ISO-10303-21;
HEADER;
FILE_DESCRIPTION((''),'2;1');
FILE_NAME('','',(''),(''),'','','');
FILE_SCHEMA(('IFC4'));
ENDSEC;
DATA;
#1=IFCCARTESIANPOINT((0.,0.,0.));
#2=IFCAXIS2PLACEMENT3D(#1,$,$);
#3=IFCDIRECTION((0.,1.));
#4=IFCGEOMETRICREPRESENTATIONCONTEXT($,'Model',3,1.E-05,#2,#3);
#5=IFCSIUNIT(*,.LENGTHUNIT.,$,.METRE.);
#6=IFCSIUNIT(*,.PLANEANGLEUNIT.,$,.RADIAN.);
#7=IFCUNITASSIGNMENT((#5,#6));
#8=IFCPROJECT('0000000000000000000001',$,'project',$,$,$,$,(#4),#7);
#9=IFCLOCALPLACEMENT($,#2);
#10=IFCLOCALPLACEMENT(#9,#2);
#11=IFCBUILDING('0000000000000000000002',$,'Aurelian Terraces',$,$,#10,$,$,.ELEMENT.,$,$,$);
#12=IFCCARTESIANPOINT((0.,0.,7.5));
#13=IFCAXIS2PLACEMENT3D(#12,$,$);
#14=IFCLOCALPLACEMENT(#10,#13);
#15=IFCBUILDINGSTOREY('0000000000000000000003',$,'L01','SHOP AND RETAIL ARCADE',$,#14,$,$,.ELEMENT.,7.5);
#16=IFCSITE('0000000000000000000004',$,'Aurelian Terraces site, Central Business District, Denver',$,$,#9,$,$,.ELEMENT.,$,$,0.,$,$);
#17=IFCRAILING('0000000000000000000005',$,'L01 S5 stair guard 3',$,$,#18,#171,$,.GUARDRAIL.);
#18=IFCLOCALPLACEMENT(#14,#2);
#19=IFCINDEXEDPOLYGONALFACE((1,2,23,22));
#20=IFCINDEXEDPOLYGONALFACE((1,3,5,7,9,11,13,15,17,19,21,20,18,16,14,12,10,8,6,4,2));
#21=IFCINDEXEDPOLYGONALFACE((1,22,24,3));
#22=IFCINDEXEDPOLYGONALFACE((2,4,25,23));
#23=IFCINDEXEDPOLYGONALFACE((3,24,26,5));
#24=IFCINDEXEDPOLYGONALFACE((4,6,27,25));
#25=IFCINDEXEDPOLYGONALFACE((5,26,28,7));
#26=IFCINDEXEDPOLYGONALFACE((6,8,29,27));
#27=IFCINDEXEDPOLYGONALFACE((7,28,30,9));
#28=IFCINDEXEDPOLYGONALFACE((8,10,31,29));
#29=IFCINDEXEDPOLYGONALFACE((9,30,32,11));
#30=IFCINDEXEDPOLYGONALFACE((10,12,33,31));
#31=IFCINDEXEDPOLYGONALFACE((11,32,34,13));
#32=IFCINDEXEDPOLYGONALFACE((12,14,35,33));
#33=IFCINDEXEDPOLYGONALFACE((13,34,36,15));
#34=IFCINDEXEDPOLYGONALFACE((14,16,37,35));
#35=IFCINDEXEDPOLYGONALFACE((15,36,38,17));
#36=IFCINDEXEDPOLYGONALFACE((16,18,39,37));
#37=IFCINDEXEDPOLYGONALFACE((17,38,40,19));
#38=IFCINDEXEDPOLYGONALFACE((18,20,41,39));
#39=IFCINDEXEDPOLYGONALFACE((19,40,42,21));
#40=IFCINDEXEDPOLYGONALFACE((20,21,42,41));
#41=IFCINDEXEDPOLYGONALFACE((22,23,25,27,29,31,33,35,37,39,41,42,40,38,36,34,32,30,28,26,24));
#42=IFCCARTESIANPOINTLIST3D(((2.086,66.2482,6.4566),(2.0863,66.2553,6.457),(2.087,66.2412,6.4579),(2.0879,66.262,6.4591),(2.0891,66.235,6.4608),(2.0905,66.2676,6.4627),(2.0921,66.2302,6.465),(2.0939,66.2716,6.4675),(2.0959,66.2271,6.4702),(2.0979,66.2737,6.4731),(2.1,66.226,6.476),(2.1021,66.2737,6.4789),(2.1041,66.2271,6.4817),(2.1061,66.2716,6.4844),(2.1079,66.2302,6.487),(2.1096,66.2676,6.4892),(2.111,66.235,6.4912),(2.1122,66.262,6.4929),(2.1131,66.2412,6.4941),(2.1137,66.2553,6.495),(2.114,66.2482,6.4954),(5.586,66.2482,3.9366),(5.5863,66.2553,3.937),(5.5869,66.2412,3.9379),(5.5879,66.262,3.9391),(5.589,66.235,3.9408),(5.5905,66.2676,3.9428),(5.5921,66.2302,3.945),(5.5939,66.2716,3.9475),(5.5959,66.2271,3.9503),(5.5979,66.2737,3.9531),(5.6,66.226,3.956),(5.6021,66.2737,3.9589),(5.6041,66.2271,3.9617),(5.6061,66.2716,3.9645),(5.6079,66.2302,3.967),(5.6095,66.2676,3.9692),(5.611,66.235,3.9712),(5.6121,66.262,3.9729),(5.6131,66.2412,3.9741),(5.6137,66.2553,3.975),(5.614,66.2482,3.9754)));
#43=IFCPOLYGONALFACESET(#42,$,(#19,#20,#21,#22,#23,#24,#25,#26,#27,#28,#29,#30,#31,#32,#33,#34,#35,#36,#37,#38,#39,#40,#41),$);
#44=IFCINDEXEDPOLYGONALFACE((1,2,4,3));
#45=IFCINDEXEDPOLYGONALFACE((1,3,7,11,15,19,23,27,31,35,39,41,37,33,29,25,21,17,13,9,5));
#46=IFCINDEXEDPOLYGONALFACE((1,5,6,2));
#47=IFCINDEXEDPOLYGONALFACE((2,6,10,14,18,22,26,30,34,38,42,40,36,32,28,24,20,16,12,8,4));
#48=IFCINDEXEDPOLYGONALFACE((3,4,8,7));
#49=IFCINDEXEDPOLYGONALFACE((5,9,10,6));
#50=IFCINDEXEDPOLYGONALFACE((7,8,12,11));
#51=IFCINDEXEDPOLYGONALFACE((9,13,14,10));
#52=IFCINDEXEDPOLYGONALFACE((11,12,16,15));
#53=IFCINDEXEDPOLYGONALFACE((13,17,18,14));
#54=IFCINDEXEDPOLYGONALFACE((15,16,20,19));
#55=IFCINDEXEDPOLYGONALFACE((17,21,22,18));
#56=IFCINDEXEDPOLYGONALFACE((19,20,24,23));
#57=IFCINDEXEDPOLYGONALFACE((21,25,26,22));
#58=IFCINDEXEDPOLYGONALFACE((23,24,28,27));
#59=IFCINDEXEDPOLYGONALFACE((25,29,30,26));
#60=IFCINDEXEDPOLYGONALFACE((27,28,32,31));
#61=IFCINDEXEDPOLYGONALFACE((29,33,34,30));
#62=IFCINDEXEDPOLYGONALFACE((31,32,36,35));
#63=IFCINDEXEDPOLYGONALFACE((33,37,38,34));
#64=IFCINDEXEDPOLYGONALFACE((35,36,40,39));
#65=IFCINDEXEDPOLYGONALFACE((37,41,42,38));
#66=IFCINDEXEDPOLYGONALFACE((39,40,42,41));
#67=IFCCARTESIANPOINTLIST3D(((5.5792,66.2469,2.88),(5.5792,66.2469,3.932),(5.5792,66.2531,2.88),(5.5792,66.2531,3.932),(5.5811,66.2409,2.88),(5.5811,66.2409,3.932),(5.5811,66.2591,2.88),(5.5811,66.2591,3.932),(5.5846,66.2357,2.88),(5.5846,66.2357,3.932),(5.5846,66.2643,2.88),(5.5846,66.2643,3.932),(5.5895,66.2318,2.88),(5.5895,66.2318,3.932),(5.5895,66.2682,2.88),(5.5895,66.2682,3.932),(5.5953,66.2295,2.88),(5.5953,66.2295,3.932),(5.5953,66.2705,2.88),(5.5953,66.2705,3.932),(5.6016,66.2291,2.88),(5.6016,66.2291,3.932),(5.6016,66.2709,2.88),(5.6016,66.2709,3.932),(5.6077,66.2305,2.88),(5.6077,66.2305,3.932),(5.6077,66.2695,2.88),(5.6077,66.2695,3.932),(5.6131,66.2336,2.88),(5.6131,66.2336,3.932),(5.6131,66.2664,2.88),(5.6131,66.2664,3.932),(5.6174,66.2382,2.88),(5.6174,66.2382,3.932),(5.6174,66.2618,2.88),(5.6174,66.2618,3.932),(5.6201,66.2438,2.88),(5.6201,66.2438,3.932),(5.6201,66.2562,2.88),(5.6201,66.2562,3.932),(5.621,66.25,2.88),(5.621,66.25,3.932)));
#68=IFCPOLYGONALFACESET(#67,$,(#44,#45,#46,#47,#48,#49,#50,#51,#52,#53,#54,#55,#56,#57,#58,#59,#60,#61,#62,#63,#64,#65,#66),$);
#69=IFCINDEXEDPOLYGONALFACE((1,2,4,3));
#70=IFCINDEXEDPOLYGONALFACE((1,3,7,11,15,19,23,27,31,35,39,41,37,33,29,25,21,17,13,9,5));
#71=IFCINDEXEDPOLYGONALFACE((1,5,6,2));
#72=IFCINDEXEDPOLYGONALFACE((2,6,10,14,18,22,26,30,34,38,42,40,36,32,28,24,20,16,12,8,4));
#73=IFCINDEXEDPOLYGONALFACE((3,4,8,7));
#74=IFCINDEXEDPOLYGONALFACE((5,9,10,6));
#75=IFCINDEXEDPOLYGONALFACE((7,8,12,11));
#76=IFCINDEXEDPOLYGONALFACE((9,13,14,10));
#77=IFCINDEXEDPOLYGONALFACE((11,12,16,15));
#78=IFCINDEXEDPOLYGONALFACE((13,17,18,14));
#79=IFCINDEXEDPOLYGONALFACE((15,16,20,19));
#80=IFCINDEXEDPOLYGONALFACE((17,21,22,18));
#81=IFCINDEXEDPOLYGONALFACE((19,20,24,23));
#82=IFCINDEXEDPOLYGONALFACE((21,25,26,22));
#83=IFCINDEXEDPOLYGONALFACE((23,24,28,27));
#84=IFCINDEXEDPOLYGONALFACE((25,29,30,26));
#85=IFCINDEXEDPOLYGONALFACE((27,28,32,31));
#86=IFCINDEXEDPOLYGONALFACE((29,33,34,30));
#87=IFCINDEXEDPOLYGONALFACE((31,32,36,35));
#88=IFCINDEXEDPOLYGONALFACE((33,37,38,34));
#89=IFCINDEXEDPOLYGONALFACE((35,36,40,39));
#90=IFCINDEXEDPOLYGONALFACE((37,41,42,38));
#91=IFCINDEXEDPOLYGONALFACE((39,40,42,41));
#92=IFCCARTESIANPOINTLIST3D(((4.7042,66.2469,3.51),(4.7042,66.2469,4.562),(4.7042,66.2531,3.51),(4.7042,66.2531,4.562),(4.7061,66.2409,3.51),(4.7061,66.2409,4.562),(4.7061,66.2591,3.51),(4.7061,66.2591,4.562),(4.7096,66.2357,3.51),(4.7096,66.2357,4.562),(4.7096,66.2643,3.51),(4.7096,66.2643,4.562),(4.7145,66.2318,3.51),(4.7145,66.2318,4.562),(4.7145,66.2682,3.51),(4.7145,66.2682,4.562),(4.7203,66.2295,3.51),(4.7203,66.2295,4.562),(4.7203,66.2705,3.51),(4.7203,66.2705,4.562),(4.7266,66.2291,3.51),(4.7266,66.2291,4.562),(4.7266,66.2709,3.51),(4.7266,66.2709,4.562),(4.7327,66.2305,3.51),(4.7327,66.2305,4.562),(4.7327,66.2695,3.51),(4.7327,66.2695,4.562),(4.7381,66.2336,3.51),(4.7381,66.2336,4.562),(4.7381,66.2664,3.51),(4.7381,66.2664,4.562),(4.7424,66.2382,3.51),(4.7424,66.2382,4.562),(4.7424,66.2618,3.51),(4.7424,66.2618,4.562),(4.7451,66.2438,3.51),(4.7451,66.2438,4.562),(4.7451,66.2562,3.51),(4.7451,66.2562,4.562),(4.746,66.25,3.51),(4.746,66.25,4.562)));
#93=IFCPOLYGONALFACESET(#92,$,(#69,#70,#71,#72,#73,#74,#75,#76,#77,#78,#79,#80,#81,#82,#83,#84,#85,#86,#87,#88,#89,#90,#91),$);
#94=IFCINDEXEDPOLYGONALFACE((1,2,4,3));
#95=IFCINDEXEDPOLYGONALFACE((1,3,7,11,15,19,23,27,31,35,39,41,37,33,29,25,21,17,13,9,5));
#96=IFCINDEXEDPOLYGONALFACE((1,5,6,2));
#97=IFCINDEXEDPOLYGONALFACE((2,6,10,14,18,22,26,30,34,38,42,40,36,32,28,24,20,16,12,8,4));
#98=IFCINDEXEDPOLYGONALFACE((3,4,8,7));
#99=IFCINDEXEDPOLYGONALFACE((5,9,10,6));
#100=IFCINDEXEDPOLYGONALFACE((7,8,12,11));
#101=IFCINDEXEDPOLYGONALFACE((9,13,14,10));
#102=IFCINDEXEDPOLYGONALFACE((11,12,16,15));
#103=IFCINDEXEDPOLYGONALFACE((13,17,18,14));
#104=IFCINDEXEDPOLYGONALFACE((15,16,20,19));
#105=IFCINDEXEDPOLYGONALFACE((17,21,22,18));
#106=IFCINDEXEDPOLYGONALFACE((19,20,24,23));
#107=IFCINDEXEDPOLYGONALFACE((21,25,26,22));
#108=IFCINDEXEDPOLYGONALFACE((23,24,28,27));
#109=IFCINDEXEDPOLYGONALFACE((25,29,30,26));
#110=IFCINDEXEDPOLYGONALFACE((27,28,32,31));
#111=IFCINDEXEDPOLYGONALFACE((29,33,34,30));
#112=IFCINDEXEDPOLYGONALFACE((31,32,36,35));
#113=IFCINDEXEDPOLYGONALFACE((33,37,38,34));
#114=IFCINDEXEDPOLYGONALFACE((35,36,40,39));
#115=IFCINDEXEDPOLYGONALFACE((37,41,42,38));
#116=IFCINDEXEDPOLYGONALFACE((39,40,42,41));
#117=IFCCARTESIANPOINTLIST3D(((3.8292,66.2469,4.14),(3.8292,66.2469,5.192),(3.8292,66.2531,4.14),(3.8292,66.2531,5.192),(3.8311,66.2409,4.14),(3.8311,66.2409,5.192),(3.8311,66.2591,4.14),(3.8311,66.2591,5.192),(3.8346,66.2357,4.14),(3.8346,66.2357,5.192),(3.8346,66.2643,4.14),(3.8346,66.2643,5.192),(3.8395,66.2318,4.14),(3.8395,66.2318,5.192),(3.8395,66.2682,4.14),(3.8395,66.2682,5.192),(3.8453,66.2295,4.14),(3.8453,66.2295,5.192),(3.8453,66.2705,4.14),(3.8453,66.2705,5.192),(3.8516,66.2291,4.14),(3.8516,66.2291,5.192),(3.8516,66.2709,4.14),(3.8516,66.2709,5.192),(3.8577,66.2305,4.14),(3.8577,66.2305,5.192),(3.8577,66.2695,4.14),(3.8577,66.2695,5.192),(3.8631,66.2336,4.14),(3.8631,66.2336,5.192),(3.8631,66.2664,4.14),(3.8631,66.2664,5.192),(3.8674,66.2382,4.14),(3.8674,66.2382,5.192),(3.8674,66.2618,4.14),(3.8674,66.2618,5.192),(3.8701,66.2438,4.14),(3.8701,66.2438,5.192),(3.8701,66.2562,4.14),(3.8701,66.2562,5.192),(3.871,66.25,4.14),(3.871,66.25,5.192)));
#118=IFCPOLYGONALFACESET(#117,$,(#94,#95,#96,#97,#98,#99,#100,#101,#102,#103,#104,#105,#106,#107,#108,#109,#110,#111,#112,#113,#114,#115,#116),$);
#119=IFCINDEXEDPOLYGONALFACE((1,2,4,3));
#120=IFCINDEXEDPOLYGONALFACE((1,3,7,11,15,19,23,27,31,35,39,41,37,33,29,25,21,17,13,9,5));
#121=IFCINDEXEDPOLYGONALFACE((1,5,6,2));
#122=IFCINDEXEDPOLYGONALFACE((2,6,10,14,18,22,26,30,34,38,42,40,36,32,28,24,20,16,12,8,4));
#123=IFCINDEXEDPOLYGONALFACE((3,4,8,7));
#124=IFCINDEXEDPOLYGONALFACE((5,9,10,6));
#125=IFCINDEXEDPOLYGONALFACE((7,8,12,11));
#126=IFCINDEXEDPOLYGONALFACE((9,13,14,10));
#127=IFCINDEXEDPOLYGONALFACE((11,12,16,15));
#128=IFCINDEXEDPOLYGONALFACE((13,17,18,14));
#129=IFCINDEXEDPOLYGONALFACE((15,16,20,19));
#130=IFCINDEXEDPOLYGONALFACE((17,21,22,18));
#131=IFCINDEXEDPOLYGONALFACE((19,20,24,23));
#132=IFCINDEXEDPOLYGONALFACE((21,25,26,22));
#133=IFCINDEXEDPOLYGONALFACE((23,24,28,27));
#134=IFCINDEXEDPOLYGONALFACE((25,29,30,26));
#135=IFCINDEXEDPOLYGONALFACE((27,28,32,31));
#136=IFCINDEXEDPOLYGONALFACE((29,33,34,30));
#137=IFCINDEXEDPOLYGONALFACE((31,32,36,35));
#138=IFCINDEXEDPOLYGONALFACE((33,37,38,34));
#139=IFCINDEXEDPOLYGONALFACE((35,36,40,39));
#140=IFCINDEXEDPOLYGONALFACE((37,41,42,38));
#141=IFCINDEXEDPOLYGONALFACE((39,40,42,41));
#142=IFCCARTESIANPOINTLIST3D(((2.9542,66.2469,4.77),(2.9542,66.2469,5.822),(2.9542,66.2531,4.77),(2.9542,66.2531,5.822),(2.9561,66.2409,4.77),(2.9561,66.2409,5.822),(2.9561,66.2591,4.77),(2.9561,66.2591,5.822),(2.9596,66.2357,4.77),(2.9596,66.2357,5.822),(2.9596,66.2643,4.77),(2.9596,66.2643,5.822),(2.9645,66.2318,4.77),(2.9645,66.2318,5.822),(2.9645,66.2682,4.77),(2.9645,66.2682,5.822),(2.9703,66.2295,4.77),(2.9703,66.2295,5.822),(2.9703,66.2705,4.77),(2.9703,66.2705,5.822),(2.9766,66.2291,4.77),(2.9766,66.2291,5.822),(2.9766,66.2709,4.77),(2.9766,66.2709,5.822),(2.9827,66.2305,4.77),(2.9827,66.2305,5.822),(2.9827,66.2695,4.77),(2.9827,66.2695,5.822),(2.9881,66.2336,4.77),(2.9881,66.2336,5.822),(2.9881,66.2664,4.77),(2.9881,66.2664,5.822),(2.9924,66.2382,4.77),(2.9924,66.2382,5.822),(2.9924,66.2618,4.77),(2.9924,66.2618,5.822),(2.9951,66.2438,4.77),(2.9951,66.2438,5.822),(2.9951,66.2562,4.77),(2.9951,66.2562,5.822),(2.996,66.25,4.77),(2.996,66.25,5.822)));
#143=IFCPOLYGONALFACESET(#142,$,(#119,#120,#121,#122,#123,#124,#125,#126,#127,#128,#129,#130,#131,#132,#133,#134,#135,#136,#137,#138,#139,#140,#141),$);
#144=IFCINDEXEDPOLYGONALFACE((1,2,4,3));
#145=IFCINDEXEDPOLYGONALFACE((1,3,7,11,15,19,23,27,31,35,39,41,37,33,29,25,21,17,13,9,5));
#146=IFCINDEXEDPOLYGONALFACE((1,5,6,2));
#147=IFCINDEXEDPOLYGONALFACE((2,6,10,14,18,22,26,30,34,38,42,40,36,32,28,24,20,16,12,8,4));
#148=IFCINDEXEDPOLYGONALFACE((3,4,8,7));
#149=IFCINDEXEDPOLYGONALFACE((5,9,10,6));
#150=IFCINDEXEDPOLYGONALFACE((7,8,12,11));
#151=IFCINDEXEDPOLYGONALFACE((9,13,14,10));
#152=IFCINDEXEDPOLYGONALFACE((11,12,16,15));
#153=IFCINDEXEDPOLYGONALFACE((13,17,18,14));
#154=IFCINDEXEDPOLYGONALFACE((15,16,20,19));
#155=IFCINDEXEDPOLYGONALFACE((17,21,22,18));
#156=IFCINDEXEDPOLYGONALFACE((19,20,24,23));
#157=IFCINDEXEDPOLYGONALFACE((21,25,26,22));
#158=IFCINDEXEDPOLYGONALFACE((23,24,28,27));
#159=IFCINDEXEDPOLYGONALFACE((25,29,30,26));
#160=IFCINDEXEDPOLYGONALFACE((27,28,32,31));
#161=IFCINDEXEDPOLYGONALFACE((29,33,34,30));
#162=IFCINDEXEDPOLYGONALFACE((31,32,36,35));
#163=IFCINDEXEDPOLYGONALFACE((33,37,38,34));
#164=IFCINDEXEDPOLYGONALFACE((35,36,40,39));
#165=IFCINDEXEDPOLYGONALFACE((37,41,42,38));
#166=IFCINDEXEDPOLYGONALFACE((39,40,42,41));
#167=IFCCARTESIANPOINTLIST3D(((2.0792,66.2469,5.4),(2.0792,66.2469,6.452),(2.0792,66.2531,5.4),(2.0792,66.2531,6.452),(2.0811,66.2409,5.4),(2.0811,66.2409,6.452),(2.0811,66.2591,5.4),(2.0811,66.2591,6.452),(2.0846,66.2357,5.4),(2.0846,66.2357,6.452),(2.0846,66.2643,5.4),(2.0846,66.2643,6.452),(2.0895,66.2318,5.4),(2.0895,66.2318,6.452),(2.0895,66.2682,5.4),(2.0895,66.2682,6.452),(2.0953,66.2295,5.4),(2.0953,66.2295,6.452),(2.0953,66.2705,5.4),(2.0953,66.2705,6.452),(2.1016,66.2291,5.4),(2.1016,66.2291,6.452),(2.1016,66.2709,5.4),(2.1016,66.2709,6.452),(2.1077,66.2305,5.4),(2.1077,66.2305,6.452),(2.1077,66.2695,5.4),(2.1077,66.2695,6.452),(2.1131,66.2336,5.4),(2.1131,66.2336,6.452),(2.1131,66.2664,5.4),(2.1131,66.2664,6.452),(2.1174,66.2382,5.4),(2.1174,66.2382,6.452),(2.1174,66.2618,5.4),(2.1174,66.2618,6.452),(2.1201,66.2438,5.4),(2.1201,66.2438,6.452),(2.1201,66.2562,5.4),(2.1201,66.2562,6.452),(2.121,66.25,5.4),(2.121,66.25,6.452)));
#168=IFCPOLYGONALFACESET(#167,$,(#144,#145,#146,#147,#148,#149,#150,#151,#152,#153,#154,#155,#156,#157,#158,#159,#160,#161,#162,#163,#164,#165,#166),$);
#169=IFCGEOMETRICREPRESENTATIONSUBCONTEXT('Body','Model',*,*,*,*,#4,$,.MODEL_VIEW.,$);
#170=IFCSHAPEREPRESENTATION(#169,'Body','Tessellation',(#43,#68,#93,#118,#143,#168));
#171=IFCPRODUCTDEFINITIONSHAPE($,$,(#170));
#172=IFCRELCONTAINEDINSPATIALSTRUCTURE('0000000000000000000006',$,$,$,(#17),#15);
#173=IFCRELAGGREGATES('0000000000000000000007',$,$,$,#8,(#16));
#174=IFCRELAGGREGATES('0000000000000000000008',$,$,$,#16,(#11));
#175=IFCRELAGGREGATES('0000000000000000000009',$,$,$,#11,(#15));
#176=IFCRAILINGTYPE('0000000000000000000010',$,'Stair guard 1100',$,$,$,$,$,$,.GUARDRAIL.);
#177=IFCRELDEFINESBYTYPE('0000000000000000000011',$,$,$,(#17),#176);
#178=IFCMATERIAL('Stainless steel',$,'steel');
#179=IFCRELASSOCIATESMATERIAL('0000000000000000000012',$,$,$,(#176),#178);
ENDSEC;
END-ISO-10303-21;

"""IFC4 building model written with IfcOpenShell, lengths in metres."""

from ifc_helpers import new_model, si_unit, direction, frame, origin, origin_2d, place, context, subcontext, project, spatial, circle, extrude, source, transform, mapped, material, type_object, element, save


model = new_model("IFC4")

# Units and contexts
model_context = context("Model", 3, precision=1e-05, world=origin(), true_north=direction((0.0, 1.0)))
body_context = subcontext(model_context, "Body", "Model", "MODEL_VIEW")
ifc_project = project(units=[si_unit("LENGTHUNIT", "METRE"), si_unit("PLANEANGLEUNIT", "RADIAN")], contexts=[model_context])

# Site, building, storey
site_placement = place(None, origin())
site = spatial("IfcSite", under=ifc_project, at=site_placement, Name="Aurelian Terraces site, Central Business District, Denver", CompositionType="ELEMENT", RefElevation=0.0)
building_placement = place(site_placement, origin())
building = spatial("IfcBuilding", under=site, at=building_placement, Name="Aurelian Terraces", CompositionType="ELEMENT")
storey_placement = place(building_placement, frame((0.0, 0.0, 7.5)))
storey = spatial("IfcBuildingStorey", under=building, at=storey_placement, Name="L01", Description="SHOP AND RETAIL ARCADE", CompositionType="ELEMENT", Elevation=7.5)

# Railing
ifc_material_1 = material(Name="Stainless steel", Category="steel")
railing_type = type_object("IfcRailingType", Name="Stair guard 1100", PredefinedType="GUARDRAIL", material=ifc_material_1)
shared_shape_1 = source(origin(), body_context, "Body", "SweptSolid", [
    extrude(circle(Radius=0.024, at=origin_2d()), frame((0.0, 0.0, 1.076), z_axis=(-0.811534, 0.0, 0.584305), x_axis=(0.0, -1.0, 0.0)), (0.0, 0.0, 1.0), 4.3128),
    extrude(circle(Radius=0.021, at=origin_2d()), origin(), (0.0, 0.0, 1.0), 1.052),
    extrude(circle(Radius=0.021, at=origin_2d()), frame((-0.875, 0.0, 0.63)), (0.0, 0.0, 1.0), 1.052),
    extrude(circle(Radius=0.021, at=origin_2d()), frame((-1.75, 0.0, 1.26)), (0.0, 0.0, 1.0), 1.052),
    extrude(circle(Radius=0.021, at=origin_2d()), frame((-2.625, 0.0, 1.89)), (0.0, 0.0, 1.0), 1.052),
    extrude(circle(Radius=0.021, at=origin_2d()), frame((-3.5, 0.0, 2.52)), (0.0, 0.0, 1.0), 1.052),
])
railing_1_placement = place(storey_placement, frame((5.6, 66.25, 2.88)))
element("IfcRailing", 1, at=railing_1_placement, inside=storey, type_object=railing_type, Name="L01 S5 stair guard 3", PredefinedType="GUARDRAIL", context=body_context, shape_type="MappedRepresentation", body=[
    mapped(shared_shape_1, transform((0.0, 0.0, 0.0), scale=1.0)),
])

save(model, "model.ifc")
